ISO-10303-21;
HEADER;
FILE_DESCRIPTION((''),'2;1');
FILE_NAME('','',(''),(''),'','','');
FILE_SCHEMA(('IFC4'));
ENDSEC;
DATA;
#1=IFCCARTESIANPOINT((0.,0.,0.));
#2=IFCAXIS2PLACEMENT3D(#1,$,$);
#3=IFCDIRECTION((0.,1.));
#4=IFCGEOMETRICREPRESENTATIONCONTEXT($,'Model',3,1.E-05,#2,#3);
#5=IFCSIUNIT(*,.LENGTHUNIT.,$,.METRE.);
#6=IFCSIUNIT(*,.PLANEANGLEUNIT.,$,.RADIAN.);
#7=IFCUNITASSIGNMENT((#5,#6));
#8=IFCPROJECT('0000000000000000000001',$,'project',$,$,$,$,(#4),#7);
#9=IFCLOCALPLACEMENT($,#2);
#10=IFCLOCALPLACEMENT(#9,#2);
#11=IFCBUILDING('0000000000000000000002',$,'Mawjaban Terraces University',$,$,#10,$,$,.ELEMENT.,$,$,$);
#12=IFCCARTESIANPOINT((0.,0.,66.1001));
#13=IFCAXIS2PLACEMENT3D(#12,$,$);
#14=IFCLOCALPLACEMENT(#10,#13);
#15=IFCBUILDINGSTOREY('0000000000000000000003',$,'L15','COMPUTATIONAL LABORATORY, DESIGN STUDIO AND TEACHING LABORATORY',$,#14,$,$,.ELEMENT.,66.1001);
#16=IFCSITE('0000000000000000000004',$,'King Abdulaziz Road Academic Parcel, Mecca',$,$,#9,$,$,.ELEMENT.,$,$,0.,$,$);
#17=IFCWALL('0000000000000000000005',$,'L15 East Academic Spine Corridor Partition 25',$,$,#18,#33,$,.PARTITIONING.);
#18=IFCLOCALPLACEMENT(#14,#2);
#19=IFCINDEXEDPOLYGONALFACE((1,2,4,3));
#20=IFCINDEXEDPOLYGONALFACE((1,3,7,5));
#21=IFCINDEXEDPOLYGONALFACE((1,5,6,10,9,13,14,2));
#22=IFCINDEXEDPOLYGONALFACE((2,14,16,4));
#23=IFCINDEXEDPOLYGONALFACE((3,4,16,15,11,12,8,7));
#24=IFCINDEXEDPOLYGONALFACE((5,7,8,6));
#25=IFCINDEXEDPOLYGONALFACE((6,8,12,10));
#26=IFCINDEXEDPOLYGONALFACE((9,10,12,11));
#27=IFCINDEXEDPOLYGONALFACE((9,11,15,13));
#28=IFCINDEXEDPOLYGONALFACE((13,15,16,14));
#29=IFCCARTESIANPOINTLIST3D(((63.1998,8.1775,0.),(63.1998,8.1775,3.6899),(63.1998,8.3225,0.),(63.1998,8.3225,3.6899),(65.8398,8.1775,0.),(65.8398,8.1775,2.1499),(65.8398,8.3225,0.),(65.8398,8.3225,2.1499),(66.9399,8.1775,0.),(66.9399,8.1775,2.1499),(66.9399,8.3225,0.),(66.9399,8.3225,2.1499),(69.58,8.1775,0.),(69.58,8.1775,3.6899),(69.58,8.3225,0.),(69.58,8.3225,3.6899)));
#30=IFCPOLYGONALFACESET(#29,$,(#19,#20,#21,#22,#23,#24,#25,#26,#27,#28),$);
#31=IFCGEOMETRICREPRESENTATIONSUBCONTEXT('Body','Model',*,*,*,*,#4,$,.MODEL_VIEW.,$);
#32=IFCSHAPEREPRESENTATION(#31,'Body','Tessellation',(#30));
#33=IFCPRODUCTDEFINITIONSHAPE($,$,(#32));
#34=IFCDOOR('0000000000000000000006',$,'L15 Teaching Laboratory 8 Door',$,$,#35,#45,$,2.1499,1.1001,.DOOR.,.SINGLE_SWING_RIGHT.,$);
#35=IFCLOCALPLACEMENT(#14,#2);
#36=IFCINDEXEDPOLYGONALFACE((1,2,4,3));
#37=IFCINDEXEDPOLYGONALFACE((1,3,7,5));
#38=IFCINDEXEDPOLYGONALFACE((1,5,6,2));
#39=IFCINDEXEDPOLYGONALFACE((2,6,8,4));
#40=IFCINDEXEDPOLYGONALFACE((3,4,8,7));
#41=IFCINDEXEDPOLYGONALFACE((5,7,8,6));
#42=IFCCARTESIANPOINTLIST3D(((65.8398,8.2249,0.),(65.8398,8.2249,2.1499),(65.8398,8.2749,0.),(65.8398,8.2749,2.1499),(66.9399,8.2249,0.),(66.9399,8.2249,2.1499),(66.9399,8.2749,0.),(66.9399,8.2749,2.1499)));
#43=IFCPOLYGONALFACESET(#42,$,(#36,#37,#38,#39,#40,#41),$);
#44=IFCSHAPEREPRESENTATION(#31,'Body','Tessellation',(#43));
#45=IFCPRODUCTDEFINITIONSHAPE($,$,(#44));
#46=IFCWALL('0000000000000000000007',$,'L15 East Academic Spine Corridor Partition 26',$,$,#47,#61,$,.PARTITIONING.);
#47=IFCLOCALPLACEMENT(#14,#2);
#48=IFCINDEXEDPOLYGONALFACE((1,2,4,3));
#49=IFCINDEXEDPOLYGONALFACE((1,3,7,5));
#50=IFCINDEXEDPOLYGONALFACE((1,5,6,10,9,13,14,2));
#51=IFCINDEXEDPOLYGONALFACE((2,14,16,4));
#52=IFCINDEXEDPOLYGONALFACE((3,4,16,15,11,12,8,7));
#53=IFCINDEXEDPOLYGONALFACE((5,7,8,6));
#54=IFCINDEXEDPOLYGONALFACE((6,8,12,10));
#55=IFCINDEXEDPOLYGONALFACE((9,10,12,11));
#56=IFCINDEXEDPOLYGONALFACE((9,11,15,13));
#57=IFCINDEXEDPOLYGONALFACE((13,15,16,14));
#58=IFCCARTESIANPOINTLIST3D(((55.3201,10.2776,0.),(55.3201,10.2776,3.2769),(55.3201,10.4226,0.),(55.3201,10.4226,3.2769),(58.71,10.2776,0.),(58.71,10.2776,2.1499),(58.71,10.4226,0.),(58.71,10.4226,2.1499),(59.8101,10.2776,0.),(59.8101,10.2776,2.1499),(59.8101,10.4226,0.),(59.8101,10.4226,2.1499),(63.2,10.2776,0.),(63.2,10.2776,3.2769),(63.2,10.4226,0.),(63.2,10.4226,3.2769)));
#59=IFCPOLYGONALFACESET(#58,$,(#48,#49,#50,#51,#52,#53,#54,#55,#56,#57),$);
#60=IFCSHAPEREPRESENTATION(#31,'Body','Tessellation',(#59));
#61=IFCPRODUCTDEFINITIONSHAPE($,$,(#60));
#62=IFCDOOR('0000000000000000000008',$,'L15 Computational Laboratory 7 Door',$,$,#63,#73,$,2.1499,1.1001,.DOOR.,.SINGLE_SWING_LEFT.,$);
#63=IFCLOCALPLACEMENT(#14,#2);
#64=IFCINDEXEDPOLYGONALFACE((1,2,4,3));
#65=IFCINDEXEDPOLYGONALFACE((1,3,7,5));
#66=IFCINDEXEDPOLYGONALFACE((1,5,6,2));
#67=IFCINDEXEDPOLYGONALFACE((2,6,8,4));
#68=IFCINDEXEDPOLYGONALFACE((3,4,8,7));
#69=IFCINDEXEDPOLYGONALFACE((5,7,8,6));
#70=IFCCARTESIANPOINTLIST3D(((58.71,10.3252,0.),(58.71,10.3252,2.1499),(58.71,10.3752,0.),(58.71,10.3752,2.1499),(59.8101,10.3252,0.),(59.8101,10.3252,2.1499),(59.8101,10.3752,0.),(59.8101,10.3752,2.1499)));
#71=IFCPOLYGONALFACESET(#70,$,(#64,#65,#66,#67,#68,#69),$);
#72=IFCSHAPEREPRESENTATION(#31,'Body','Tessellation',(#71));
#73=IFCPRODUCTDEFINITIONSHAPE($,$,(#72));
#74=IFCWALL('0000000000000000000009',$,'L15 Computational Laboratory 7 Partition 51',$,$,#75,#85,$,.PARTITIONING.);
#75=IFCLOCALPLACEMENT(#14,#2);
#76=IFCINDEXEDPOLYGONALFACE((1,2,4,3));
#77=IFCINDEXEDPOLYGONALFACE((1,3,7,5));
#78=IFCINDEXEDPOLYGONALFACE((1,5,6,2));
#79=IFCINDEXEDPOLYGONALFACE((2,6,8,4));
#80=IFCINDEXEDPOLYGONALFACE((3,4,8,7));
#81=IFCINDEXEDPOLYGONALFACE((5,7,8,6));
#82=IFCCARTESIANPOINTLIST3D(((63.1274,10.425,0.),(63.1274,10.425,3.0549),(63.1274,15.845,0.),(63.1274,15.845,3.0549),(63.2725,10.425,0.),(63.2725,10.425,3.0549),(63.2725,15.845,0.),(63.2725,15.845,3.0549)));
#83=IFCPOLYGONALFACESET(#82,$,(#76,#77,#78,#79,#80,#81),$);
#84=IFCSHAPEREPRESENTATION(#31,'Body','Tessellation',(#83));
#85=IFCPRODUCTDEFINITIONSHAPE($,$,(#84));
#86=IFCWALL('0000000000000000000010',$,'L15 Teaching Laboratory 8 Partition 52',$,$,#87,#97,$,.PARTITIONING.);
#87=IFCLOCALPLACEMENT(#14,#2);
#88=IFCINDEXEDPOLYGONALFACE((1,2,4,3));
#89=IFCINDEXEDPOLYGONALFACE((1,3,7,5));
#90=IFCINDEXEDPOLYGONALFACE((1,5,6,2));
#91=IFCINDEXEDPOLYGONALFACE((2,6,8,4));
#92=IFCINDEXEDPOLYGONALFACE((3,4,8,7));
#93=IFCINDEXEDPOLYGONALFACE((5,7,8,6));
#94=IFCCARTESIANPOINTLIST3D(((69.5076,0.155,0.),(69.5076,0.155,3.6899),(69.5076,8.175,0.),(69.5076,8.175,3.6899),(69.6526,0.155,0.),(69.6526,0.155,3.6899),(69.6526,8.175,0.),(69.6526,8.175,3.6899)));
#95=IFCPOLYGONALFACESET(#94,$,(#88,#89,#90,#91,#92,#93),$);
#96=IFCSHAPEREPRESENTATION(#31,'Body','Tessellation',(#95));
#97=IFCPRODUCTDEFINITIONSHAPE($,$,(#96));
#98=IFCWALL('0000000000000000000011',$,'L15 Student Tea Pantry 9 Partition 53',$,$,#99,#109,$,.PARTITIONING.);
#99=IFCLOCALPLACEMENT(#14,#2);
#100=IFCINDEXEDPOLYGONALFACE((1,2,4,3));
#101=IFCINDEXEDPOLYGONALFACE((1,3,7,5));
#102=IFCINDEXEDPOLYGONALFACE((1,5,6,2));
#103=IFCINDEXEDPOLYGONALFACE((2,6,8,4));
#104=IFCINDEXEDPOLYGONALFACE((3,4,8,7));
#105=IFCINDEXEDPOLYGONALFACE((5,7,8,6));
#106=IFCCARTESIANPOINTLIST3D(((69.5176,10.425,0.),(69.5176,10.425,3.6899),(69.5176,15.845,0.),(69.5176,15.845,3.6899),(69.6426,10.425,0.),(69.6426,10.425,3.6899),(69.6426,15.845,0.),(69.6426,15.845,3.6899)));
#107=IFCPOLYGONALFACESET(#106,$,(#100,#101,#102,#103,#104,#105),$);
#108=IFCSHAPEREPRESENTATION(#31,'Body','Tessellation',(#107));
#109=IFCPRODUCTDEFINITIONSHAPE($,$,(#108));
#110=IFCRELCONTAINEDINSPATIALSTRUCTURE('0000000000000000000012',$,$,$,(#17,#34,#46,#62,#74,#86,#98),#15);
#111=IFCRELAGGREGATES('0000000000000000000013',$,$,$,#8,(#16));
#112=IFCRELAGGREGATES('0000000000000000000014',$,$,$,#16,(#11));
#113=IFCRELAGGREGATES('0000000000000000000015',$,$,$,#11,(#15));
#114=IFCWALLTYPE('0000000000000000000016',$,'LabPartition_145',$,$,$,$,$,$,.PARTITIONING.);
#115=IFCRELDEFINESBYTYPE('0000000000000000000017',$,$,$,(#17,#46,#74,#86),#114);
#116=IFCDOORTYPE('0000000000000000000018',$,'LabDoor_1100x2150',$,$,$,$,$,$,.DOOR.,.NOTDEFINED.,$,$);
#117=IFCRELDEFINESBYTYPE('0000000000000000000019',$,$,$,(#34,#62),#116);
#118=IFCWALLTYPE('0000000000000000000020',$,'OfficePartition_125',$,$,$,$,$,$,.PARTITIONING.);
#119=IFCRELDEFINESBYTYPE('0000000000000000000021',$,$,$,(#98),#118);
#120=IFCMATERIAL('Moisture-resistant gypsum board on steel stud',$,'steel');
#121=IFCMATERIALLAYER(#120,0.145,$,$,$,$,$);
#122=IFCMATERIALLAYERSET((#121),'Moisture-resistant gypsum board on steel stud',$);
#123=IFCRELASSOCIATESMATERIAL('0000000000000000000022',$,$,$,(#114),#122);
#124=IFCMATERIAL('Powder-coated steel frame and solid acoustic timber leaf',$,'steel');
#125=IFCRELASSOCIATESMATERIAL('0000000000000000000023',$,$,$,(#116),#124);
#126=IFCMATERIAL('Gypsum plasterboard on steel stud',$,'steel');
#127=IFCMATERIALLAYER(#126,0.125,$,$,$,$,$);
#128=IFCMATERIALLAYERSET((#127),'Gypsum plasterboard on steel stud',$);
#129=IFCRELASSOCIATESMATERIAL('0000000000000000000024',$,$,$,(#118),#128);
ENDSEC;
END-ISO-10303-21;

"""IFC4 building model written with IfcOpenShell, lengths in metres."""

from ifc_helpers import new_model, si_unit, direction, frame, frame_2d, origin, place, context, subcontext, project, spatial, rectangle, extrude, material, layer, layer_set, type_object, element, fill, save


model = new_model("IFC4")

# Units and contexts
model_context = context("Model", 3, precision=1e-05, world=origin(), true_north=direction((0.0, 1.0)))
body_context = subcontext(model_context, "Body", "Model", "MODEL_VIEW")
ifc_project = project(units=[si_unit("LENGTHUNIT", "METRE"), si_unit("PLANEANGLEUNIT", "RADIAN")], contexts=[model_context])

# Site, building, storey
site_placement = place(None, origin())
site = spatial("IfcSite", under=ifc_project, at=site_placement, Name="King Abdulaziz Road Academic Parcel, Mecca", CompositionType="ELEMENT", RefElevation=0.0)
building_placement = place(site_placement, origin())
building = spatial("IfcBuilding", under=site, at=building_placement, Name="Mawjaban Terraces University", CompositionType="ELEMENT")
storey_placement = place(building_placement, frame((0.0, 0.0, 66.1001)))
storey = spatial("IfcBuildingStorey", under=building, at=storey_placement, Name="L15", Description="COMPUTATIONAL LABORATORY, DESIGN STUDIO AND TEACHING LABORATORY", CompositionType="ELEMENT", Elevation=66.1001)

# Shared definitions
ifc_material_1 = material(Name="Powder-coated steel frame and solid acoustic timber leaf", Category="steel")

# Walls, openings, doors
ifc_material_2 = material(Name="Moisture-resistant gypsum board on steel stud", Category="steel")
ifc_layer_1 = layer(ifc_material_2, 0.145)
ifc_layer_set_1 = layer_set([ifc_layer_1], Name="Moisture-resistant gypsum board on steel stud")
wall_type_1 = type_object("IfcWallType", Name="LabPartition_145", PredefinedType="PARTITIONING", material=ifc_layer_set_1)
wall_1_placement = place(storey_placement, frame((63.2, 8.25, 0.0), z_axis=(0.0, 0.0, 1.0), x_axis=(1.0, 0.0, 0.0)))
wall_1 = element("IfcWall", 1, at=wall_1_placement, inside=storey, type_object=wall_type_1, Name="L15 East Academic Spine Corridor Partition 25", PredefinedType="PARTITIONING", context=body_context, shape_type="SweptSolid", body=[
    extrude(rectangle(XDim=6.3801, YDim=0.145, at=frame_2d((3.1899, 0.0))), origin(), (0.0, 0.0, 1.0), 3.6899),
])
opening_1_placement = place(wall_1_placement, frame((2.6399, 0.0, 0.0)))
opening_1 = element("IfcOpeningElement", 2, at=opening_1_placement, cuts=wall_1, PredefinedType="OPENING", context=body_context, shape_type="SweptSolid", body=[
    extrude(rectangle(XDim=1.1001, YDim=2.1499, at=frame_2d((0.55, 1.075))), frame((0.0, 0.0825, 0.0), z_axis=(0.0, -1.0, 0.0), x_axis=(1.0, 0.0, 0.0)), (0.0, 0.0, 1.0), 0.165),
])
door_type_1 = type_object("IfcDoorType", Name="LabDoor_1100x2150", OperationType="NOTDEFINED", PredefinedType="DOOR", material=ifc_material_1)
door_1_placement = place(opening_1_placement, origin())
door_1 = element("IfcDoor", 3, at=door_1_placement, inside=storey, type_object=door_type_1, Name="L15 Teaching Laboratory 8 Door", OperationType="SINGLE_SWING_RIGHT", OverallHeight=2.1499, OverallWidth=1.1001, PredefinedType="DOOR", context=body_context, shape_type="SweptSolid", body=[
    extrude(rectangle(XDim=1.1001, YDim=2.1499, at=frame_2d((0.55, 1.075))), frame((0.0, 0.0249, 0.0), z_axis=(0.0, -1.0, 0.0), x_axis=(1.0, 0.0, 0.0)), (0.0, 0.0, 1.0), 0.05),
])
fill(opening_1, door_1)
wall_2_placement = place(storey_placement, frame((63.2, 10.3501, 0.0), z_axis=(0.0, 0.0, 1.0), x_axis=(-1.0, 0.0, 0.0)))
wall_2 = element("IfcWall", 4, at=wall_2_placement, inside=storey, type_object=wall_type_1, Name="L15 East Academic Spine Corridor Partition 26", PredefinedType="PARTITIONING", context=body_context, shape_type="SweptSolid", body=[
    extrude(rectangle(XDim=7.8799, YDim=0.145, at=frame_2d((3.9399, 0.0))), origin(), (0.0, 0.0, 1.0), 3.2769),
])
opening_2_placement = place(wall_2_placement, frame((3.3899, 0.0, 0.0)))
opening_2 = element("IfcOpeningElement", 5, at=opening_2_placement, cuts=wall_2, PredefinedType="OPENING", context=body_context, shape_type="SweptSolid", body=[
    extrude(rectangle(XDim=1.1001, YDim=2.1499, at=frame_2d((0.55, 1.075))), frame((0.0, 0.0825, 0.0), z_axis=(0.0, -1.0, 0.0), x_axis=(1.0, 0.0, 0.0)), (0.0, 0.0, 1.0), 0.165),
])
door_2_placement = place(opening_2_placement, origin())
door_2 = element("IfcDoor", 6, at=door_2_placement, inside=storey, type_object=door_type_1, Name="L15 Computational Laboratory 7 Door", OperationType="SINGLE_SWING_LEFT", OverallHeight=2.1499, OverallWidth=1.1001, PredefinedType="DOOR", context=body_context, shape_type="SweptSolid", body=[
    extrude(rectangle(XDim=1.1001, YDim=2.1499, at=frame_2d((0.55, 1.075))), frame((0.0, 0.0249, 0.0), z_axis=(0.0, -1.0, 0.0), x_axis=(1.0, 0.0, 0.0)), (0.0, 0.0, 1.0), 0.05),
])
fill(opening_2, door_2)

# Walls
wall_3_placement = place(storey_placement, frame((63.2, 10.425, 0.0), z_axis=(0.0, 0.0, 1.0), x_axis=(0.0, 1.0, 0.0)))
element("IfcWall", 7, at=wall_3_placement, inside=storey, type_object=wall_type_1, Name="L15 Computational Laboratory 7 Partition 51", PredefinedType="PARTITIONING", context=body_context, shape_type="SweptSolid", body=[
    extrude(rectangle(XDim=5.4199, YDim=0.145, at=frame_2d((2.71, 0.0))), origin(), (0.0, 0.0, 1.0), 3.0549),
])
wall_4_placement = place(storey_placement, frame((69.5801, 0.155, 0.0), z_axis=(0.0, 0.0, 1.0), x_axis=(0.0, 1.0, 0.0)))
element("IfcWall", 8, at=wall_4_placement, inside=storey, type_object=wall_type_1, Name="L15 Teaching Laboratory 8 Partition 52", PredefinedType="PARTITIONING", context=body_context, shape_type="SweptSolid", body=[
    extrude(rectangle(XDim=8.02, YDim=0.145, at=frame_2d((4.01, 0.0))), origin(), (0.0, 0.0, 1.0), 3.6899),
])
ifc_material_3 = material(Name="Gypsum plasterboard on steel stud", Category="steel")
ifc_layer_2 = layer(ifc_material_3, 0.125)
ifc_layer_set_2 = layer_set([ifc_layer_2], Name="Gypsum plasterboard on steel stud")
wall_type_2 = type_object("IfcWallType", Name="OfficePartition_125", PredefinedType="PARTITIONING", material=ifc_layer_set_2)
wall_5_placement = place(storey_placement, frame((69.5801, 10.425, 0.0), z_axis=(0.0, 0.0, 1.0), x_axis=(0.0, 1.0, 0.0)))
element("IfcWall", 9, at=wall_5_placement, inside=storey, type_object=wall_type_2, Name="L15 Student Tea Pantry 9 Partition 53", PredefinedType="PARTITIONING", context=body_context, shape_type="SweptSolid", body=[
    extrude(rectangle(XDim=5.4199, YDim=0.125, at=frame_2d((2.71, 0.0))), origin(), (0.0, 0.0, 1.0), 3.6899),
])

save(model, "model.ifc")
